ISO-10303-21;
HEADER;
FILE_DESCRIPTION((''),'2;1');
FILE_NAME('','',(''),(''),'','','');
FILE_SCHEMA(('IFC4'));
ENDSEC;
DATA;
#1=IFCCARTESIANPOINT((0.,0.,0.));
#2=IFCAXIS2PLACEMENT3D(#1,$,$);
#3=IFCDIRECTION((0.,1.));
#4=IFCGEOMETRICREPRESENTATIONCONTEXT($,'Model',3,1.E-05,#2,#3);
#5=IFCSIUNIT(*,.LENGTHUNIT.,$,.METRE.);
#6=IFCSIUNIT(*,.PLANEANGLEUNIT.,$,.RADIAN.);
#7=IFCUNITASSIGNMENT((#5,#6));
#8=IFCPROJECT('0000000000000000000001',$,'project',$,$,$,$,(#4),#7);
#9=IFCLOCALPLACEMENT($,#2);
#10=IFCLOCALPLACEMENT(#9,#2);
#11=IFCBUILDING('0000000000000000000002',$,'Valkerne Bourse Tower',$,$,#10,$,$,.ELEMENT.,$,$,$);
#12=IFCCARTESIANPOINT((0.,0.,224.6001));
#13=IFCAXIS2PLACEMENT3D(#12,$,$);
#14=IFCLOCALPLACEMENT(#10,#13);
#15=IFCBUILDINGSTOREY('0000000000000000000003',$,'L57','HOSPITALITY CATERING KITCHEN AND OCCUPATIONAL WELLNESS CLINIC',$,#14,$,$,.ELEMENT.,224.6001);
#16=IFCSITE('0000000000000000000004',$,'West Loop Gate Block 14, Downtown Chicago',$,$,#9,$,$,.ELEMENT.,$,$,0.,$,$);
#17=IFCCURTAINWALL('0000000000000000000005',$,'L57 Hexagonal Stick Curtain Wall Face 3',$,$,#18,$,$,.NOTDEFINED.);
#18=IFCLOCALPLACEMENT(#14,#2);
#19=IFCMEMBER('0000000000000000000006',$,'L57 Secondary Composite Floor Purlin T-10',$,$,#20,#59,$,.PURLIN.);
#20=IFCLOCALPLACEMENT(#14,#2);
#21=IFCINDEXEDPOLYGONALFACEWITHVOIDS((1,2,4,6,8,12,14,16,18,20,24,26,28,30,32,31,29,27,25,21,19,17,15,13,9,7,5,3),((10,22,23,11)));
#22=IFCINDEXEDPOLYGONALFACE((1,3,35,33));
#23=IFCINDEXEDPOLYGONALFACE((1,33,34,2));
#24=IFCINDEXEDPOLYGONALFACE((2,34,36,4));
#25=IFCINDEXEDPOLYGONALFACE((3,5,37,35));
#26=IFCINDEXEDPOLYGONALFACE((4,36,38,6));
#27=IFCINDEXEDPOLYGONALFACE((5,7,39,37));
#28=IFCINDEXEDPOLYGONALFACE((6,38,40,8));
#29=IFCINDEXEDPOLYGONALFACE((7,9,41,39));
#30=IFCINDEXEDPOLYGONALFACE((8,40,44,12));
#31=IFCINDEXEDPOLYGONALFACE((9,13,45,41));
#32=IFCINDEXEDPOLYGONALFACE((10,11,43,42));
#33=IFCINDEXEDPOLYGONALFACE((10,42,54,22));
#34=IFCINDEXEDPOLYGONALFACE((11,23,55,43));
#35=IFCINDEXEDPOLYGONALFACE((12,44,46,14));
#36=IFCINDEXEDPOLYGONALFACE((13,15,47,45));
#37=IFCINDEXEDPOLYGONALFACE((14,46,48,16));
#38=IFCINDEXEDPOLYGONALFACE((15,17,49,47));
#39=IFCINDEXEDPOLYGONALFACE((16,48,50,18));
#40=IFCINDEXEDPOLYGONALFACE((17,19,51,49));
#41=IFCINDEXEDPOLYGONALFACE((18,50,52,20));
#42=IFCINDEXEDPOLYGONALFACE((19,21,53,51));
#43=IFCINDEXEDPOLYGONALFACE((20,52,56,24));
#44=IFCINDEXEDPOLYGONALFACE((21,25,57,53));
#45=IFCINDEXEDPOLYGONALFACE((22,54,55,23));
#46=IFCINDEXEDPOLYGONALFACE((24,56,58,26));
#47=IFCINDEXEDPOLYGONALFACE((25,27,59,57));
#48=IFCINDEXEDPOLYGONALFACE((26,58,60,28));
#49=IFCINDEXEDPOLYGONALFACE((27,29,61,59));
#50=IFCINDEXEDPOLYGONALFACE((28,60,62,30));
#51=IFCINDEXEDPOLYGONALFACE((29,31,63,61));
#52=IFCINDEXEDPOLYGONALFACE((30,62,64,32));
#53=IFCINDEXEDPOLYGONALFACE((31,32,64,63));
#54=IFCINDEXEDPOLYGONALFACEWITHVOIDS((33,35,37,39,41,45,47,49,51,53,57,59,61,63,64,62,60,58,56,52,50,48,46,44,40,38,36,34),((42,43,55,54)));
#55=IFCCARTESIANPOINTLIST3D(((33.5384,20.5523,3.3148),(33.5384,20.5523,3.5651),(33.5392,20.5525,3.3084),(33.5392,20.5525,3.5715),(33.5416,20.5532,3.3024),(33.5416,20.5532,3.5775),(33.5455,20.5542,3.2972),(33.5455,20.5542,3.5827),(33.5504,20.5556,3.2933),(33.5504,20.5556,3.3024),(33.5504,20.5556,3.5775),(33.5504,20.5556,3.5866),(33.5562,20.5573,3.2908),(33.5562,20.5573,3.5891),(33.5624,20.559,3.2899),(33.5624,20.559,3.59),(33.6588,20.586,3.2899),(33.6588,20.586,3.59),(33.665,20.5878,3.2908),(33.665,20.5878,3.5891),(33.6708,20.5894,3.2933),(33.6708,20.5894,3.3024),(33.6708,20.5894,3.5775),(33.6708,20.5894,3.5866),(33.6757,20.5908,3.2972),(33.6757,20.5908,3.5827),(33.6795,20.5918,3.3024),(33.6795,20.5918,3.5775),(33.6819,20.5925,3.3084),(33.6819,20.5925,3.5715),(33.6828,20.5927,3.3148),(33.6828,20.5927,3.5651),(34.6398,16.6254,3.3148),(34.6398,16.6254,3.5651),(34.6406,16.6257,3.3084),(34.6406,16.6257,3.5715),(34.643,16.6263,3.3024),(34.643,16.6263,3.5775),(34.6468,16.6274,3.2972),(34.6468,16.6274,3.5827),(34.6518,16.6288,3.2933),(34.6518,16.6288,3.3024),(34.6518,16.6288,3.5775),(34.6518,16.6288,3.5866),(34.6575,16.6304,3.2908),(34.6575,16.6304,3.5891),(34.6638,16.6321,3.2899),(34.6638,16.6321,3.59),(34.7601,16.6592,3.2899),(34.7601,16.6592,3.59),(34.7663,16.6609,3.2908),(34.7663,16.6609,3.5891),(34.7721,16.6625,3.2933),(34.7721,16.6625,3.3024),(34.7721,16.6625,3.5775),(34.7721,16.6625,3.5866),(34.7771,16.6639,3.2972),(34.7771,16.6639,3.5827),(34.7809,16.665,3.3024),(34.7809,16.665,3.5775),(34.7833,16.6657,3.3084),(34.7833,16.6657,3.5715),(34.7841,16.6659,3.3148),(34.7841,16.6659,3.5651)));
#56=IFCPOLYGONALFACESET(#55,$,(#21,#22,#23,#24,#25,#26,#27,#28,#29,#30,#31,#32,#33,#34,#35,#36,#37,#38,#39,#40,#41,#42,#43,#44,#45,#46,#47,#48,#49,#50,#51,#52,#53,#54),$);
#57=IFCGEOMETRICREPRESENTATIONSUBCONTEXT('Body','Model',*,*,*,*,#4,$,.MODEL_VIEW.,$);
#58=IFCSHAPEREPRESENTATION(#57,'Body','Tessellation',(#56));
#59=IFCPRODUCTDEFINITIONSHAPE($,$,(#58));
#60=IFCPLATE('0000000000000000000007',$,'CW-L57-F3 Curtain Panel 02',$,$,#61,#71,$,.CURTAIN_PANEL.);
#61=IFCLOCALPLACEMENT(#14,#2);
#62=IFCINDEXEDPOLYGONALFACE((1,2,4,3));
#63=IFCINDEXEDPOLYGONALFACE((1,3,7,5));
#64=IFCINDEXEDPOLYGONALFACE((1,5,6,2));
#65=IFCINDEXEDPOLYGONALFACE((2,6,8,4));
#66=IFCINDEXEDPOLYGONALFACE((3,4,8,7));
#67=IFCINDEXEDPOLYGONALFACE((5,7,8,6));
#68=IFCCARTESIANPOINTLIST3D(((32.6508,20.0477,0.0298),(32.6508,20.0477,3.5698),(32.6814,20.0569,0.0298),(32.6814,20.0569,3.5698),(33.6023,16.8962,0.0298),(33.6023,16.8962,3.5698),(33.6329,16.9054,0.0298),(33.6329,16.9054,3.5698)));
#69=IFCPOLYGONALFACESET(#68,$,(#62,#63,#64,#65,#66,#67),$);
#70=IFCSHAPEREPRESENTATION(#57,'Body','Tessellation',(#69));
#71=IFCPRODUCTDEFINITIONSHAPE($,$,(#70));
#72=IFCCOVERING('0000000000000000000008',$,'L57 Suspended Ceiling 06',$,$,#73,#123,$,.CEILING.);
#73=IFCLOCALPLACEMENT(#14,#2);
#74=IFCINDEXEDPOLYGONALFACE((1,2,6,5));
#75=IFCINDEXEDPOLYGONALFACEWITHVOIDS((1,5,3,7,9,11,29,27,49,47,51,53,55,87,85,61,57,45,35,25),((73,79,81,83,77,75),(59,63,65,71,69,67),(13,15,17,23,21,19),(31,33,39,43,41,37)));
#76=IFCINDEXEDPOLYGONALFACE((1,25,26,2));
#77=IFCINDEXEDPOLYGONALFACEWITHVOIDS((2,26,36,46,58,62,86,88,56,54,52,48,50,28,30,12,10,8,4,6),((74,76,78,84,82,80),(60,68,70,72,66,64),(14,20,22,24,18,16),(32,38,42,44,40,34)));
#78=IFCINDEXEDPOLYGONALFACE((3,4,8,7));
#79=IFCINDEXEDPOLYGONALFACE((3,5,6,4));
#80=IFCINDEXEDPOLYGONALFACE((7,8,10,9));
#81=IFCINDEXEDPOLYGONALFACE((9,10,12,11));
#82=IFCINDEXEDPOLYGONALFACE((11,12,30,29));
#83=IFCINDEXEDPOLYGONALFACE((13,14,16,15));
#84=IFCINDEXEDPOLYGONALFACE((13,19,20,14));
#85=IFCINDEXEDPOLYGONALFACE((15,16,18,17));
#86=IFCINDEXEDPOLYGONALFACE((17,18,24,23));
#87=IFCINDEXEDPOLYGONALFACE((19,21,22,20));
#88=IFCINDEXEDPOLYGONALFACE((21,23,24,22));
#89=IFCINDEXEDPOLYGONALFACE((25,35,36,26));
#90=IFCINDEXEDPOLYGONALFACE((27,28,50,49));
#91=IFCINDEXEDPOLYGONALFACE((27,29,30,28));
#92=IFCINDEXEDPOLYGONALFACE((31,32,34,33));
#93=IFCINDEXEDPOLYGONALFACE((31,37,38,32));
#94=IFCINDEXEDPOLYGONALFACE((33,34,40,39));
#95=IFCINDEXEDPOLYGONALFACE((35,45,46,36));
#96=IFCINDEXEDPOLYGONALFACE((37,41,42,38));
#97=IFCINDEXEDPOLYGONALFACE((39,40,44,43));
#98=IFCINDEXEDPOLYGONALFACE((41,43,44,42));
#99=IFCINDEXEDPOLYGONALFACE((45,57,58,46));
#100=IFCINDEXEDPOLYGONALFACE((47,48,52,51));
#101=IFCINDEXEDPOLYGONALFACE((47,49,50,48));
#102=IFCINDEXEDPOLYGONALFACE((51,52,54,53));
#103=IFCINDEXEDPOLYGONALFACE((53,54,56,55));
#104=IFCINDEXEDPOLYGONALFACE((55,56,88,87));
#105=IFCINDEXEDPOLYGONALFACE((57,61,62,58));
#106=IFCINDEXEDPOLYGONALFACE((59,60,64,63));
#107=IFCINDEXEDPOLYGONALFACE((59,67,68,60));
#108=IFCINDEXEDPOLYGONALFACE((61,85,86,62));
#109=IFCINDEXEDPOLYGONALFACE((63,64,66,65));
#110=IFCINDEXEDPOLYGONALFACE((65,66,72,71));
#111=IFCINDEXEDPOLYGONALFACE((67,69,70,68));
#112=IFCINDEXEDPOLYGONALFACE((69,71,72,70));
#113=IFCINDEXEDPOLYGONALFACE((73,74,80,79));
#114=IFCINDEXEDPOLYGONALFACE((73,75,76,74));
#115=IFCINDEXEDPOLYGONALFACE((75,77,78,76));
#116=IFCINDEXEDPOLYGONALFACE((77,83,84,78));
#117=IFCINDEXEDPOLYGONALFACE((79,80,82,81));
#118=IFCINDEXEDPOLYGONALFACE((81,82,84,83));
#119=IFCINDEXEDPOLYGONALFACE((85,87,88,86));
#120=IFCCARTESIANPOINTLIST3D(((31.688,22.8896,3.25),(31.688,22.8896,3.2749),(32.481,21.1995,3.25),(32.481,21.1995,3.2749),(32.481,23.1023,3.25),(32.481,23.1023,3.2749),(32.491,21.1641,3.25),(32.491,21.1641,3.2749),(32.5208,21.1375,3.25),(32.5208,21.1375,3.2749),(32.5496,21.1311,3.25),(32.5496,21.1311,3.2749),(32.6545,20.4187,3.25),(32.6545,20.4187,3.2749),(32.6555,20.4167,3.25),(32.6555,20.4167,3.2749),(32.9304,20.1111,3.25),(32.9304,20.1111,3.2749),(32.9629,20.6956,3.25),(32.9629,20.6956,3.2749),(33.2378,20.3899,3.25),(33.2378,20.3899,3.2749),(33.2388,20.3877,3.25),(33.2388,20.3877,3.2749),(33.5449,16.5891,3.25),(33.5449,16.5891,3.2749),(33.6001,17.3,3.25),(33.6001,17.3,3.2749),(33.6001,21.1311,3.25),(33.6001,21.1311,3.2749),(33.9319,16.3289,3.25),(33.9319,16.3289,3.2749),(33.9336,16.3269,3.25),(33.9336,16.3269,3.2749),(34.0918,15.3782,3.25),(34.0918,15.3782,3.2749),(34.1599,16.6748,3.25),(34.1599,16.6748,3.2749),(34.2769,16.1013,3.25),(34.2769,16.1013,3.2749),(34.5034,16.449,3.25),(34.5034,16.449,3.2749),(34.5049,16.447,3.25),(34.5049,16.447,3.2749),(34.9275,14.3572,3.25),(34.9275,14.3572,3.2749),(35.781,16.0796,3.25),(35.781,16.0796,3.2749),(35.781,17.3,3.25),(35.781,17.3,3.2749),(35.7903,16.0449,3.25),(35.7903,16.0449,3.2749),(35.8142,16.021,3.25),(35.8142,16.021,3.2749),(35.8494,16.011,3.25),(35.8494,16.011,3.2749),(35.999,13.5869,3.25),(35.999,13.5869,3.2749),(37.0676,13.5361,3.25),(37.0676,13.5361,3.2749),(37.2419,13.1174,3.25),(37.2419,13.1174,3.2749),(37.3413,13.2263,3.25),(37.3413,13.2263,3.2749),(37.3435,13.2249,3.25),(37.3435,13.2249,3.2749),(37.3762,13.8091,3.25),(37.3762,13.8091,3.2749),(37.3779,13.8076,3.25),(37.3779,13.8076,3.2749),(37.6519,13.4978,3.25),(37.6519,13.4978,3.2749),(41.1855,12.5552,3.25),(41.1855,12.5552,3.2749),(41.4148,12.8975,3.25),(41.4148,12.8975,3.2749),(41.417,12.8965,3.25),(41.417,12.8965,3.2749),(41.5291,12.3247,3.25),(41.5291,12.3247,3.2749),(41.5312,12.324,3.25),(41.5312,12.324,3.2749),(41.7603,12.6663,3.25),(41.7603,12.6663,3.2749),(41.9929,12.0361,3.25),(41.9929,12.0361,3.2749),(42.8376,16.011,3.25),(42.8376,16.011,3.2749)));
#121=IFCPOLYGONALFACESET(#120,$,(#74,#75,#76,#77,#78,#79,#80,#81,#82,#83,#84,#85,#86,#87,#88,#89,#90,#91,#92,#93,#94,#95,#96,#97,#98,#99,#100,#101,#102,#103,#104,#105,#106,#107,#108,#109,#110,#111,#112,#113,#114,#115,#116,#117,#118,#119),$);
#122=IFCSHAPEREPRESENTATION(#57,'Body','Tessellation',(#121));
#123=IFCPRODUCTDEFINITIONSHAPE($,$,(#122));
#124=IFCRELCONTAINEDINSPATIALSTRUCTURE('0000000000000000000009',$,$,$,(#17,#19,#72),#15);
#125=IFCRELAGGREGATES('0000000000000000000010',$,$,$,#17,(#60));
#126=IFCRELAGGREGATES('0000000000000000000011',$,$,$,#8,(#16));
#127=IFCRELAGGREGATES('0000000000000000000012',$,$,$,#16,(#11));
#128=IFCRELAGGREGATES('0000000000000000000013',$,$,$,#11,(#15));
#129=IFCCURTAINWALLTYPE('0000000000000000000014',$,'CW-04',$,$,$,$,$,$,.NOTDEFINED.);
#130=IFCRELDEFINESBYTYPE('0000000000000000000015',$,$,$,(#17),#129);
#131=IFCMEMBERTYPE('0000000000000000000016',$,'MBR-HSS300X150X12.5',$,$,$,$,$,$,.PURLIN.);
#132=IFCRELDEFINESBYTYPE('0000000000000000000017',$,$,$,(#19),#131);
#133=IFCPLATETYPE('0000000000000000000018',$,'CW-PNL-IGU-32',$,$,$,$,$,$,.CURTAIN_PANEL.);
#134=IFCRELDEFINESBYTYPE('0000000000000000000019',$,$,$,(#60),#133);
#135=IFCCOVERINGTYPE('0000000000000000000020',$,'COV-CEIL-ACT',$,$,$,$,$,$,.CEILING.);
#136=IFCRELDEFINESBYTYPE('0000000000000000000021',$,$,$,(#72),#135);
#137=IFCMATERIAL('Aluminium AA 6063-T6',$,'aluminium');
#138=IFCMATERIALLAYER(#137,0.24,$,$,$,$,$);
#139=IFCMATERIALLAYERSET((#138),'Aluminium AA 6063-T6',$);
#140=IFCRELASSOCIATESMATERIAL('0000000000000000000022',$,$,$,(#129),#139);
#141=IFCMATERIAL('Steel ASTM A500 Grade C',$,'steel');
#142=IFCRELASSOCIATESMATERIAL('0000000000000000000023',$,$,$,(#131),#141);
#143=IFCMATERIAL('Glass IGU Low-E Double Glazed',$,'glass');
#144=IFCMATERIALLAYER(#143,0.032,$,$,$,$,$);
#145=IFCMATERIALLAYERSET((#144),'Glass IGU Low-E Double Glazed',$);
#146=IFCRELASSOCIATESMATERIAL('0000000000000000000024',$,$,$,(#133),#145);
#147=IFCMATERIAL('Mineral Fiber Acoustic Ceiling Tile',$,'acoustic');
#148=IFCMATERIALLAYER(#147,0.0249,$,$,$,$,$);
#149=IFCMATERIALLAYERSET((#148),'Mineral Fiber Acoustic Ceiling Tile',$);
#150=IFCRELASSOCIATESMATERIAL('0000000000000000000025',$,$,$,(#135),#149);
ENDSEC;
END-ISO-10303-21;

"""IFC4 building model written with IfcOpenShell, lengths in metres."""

from ifc_helpers import new_model, si_unit, direction, frame, origin, origin_2d, place, context, subcontext, project, spatial, polyline, rectangle, hollow_rectangle, outline, extrude, material, layer, layer_set, material_profile, profile_set, type_object, element, aggregate, save


model = new_model("IFC4")

# Units and contexts
model_context = context("Model", 3, precision=1e-05, world=origin(), true_north=direction((0.0, 1.0)))
body_context = subcontext(model_context, "Body", "Model", "MODEL_VIEW")
ifc_project = project(units=[si_unit("LENGTHUNIT", "METRE"), si_unit("PLANEANGLEUNIT", "RADIAN")], contexts=[model_context])

# Site, building, storey
site_placement = place(None, origin())
site = spatial("IfcSite", under=ifc_project, at=site_placement, Name="West Loop Gate Block 14, Downtown Chicago", CompositionType="ELEMENT", RefElevation=0.0)
building_placement = place(site_placement, origin())
building = spatial("IfcBuilding", under=site, at=building_placement, Name="Valkerne Bourse Tower", CompositionType="ELEMENT")
storey_placement = place(building_placement, frame((0.0, 0.0, 224.6001)))
storey = spatial("IfcBuildingStorey", under=building, at=storey_placement, Name="L57", Description="HOSPITALITY CATERING KITCHEN AND OCCUPATIONAL WELLNESS CLINIC", CompositionType="ELEMENT", Elevation=224.6001)

# Curtain wall
ifc_material_1 = material(Name="Aluminium AA 6063-T6", Category="aluminium")
ifc_layer_1 = layer(ifc_material_1, 0.24)
ifc_layer_set_1 = layer_set([ifc_layer_1], Name="Aluminium AA 6063-T6")
curtain_wall_type = type_object("IfcCurtainWallType", Name="CW-04", PredefinedType="NOTDEFINED", material=ifc_layer_set_1)
curtain_wall_placement = place(storey_placement, origin())
curtain_wall = element("IfcCurtainWall", 1, at=curtain_wall_placement, inside=storey, type_object=curtain_wall_type, Name="L57 Hexagonal Stick Curtain Wall Face 3", PredefinedType="NOTDEFINED")

# Member
ifc_material_2 = material(Name="Steel ASTM A500 Grade C", Category="steel")
ifc_material_profile_1 = material_profile(ifc_material_2, hollow_rectangle(XDim=0.1499, YDim=0.3, WallThickness=0.0125, OuterFilletRadius=0.0249, at=origin_2d()), Name="HSS300X150X12.5")
ifc_profile_set_1 = profile_set([ifc_material_profile_1], Name="Steel ASTM A500 Grade C")
member_type_1 = type_object("IfcMemberType", Name="MBR-HSS300X150X12.5", PredefinedType="PURLIN", material=ifc_profile_set_1)
member_1_placement = place(storey_placement, frame((33.6106, 20.5725, 3.4399), z_axis=(0.270045, -0.962848, 0.0), x_axis=(0.962848, 0.270045, 0.0)))
element("IfcMember", 2, at=member_1_placement, inside=storey, type_object=member_type_1, Name="L57 Secondary Composite Floor Purlin T-10", PredefinedType="PURLIN", context=body_context, shape_type="SweptSolid", body=[
    extrude(hollow_rectangle(XDim=0.1499, YDim=0.3, WallThickness=0.0125, OuterFilletRadius=0.0249, at=origin_2d()), origin(), (0.0, 0.0, 1.0), 4.0784),
])

# Plate
ifc_material_3 = material(Name="Glass IGU Low-E Double Glazed", Category="glass")
ifc_layer_2 = layer(ifc_material_3, 0.032)
ifc_layer_set_2 = layer_set([ifc_layer_2], Name="Glass IGU Low-E Double Glazed")
plate_type = type_object("IfcPlateType", Name="CW-PNL-IGU-32", PredefinedType="CURTAIN_PANEL", material=ifc_layer_set_2)
plate_placement = place(storey_placement, frame((33.1418, 18.4766, 0.0298), z_axis=(0.0, 0.0, 1.0), x_axis=(0.289027, -0.957321, 0.0)))
plate = element("IfcPlate", 3, at=plate_placement, type_object=plate_type, Name="CW-L57-F3 Curtain Panel 02", PredefinedType="CURTAIN_PANEL", context=body_context, shape_type="SweptSolid", body=[
    extrude(rectangle(XDim=3.292, YDim=0.032, at=origin_2d()), origin(), (0.0, 0.0, 1.0), 3.54),
])
aggregate(curtain_wall, [plate])

# Covering
ifc_material_4 = material(Name="Mineral Fiber Acoustic Ceiling Tile", Category="acoustic")
ifc_layer_3 = layer(ifc_material_4, 0.0249)
ifc_layer_set_3 = layer_set([ifc_layer_3], Name="Mineral Fiber Acoustic Ceiling Tile")
covering_type_1 = type_object("IfcCoveringType", Name="COV-CEIL-ACT", PredefinedType="CEILING", material=ifc_layer_set_3)
covering_1_placement = place(storey_placement, frame((0.0, 0.0, 3.25)))
element("IfcCovering", 4, at=covering_1_placement, inside=storey, type_object=covering_type_1, Name="L57 Suspended Ceiling 06", PredefinedType="CEILING", context=body_context, shape_type="SweptSolid", body=[
    extrude(outline(polyline([(34.9275, 14.3572), (34.0918, 15.3782), (33.5449, 16.5891), (31.688, 22.8896), (32.481, 23.1023), (32.481, 21.1995), (32.491, 21.1641), (32.5208, 21.1375), (32.5496, 21.1311), (33.6001, 21.1311), (33.6001, 17.3), (35.781, 17.3), (35.781, 16.0796), (35.7903, 16.0449), (35.8142, 16.021), (35.8494, 16.011), (42.8376, 16.011), (41.9929, 12.0361), (37.2419, 13.1174), (35.999, 13.5869), (34.9275, 14.3572)]), holes=[polyline([(41.417, 12.8965), (41.4148, 12.8975), (41.1855, 12.5552), (41.5291, 12.3247), (41.5312, 12.324), (41.7603, 12.6663), (41.417, 12.8965)]), polyline([(37.3779, 13.8076), (37.3762, 13.8091), (37.0676, 13.5361), (37.3413, 13.2263), (37.3435, 13.2249), (37.6519, 13.4978), (37.3779, 13.8076)]), polyline([(34.5034, 16.449), (34.1599, 16.6748), (33.9319, 16.3289), (33.9336, 16.3269), (34.2769, 16.1013), (34.5049, 16.447), (34.5034, 16.449)]), polyline([(33.2378, 20.3899), (32.9629, 20.6956), (32.6545, 20.4187), (32.6555, 20.4167), (32.9304, 20.1111), (33.2388, 20.3877), (33.2378, 20.3899)])]), origin(), (0.0, 0.0, 1.0), 0.0249),
])

save(model, "model.ifc")
